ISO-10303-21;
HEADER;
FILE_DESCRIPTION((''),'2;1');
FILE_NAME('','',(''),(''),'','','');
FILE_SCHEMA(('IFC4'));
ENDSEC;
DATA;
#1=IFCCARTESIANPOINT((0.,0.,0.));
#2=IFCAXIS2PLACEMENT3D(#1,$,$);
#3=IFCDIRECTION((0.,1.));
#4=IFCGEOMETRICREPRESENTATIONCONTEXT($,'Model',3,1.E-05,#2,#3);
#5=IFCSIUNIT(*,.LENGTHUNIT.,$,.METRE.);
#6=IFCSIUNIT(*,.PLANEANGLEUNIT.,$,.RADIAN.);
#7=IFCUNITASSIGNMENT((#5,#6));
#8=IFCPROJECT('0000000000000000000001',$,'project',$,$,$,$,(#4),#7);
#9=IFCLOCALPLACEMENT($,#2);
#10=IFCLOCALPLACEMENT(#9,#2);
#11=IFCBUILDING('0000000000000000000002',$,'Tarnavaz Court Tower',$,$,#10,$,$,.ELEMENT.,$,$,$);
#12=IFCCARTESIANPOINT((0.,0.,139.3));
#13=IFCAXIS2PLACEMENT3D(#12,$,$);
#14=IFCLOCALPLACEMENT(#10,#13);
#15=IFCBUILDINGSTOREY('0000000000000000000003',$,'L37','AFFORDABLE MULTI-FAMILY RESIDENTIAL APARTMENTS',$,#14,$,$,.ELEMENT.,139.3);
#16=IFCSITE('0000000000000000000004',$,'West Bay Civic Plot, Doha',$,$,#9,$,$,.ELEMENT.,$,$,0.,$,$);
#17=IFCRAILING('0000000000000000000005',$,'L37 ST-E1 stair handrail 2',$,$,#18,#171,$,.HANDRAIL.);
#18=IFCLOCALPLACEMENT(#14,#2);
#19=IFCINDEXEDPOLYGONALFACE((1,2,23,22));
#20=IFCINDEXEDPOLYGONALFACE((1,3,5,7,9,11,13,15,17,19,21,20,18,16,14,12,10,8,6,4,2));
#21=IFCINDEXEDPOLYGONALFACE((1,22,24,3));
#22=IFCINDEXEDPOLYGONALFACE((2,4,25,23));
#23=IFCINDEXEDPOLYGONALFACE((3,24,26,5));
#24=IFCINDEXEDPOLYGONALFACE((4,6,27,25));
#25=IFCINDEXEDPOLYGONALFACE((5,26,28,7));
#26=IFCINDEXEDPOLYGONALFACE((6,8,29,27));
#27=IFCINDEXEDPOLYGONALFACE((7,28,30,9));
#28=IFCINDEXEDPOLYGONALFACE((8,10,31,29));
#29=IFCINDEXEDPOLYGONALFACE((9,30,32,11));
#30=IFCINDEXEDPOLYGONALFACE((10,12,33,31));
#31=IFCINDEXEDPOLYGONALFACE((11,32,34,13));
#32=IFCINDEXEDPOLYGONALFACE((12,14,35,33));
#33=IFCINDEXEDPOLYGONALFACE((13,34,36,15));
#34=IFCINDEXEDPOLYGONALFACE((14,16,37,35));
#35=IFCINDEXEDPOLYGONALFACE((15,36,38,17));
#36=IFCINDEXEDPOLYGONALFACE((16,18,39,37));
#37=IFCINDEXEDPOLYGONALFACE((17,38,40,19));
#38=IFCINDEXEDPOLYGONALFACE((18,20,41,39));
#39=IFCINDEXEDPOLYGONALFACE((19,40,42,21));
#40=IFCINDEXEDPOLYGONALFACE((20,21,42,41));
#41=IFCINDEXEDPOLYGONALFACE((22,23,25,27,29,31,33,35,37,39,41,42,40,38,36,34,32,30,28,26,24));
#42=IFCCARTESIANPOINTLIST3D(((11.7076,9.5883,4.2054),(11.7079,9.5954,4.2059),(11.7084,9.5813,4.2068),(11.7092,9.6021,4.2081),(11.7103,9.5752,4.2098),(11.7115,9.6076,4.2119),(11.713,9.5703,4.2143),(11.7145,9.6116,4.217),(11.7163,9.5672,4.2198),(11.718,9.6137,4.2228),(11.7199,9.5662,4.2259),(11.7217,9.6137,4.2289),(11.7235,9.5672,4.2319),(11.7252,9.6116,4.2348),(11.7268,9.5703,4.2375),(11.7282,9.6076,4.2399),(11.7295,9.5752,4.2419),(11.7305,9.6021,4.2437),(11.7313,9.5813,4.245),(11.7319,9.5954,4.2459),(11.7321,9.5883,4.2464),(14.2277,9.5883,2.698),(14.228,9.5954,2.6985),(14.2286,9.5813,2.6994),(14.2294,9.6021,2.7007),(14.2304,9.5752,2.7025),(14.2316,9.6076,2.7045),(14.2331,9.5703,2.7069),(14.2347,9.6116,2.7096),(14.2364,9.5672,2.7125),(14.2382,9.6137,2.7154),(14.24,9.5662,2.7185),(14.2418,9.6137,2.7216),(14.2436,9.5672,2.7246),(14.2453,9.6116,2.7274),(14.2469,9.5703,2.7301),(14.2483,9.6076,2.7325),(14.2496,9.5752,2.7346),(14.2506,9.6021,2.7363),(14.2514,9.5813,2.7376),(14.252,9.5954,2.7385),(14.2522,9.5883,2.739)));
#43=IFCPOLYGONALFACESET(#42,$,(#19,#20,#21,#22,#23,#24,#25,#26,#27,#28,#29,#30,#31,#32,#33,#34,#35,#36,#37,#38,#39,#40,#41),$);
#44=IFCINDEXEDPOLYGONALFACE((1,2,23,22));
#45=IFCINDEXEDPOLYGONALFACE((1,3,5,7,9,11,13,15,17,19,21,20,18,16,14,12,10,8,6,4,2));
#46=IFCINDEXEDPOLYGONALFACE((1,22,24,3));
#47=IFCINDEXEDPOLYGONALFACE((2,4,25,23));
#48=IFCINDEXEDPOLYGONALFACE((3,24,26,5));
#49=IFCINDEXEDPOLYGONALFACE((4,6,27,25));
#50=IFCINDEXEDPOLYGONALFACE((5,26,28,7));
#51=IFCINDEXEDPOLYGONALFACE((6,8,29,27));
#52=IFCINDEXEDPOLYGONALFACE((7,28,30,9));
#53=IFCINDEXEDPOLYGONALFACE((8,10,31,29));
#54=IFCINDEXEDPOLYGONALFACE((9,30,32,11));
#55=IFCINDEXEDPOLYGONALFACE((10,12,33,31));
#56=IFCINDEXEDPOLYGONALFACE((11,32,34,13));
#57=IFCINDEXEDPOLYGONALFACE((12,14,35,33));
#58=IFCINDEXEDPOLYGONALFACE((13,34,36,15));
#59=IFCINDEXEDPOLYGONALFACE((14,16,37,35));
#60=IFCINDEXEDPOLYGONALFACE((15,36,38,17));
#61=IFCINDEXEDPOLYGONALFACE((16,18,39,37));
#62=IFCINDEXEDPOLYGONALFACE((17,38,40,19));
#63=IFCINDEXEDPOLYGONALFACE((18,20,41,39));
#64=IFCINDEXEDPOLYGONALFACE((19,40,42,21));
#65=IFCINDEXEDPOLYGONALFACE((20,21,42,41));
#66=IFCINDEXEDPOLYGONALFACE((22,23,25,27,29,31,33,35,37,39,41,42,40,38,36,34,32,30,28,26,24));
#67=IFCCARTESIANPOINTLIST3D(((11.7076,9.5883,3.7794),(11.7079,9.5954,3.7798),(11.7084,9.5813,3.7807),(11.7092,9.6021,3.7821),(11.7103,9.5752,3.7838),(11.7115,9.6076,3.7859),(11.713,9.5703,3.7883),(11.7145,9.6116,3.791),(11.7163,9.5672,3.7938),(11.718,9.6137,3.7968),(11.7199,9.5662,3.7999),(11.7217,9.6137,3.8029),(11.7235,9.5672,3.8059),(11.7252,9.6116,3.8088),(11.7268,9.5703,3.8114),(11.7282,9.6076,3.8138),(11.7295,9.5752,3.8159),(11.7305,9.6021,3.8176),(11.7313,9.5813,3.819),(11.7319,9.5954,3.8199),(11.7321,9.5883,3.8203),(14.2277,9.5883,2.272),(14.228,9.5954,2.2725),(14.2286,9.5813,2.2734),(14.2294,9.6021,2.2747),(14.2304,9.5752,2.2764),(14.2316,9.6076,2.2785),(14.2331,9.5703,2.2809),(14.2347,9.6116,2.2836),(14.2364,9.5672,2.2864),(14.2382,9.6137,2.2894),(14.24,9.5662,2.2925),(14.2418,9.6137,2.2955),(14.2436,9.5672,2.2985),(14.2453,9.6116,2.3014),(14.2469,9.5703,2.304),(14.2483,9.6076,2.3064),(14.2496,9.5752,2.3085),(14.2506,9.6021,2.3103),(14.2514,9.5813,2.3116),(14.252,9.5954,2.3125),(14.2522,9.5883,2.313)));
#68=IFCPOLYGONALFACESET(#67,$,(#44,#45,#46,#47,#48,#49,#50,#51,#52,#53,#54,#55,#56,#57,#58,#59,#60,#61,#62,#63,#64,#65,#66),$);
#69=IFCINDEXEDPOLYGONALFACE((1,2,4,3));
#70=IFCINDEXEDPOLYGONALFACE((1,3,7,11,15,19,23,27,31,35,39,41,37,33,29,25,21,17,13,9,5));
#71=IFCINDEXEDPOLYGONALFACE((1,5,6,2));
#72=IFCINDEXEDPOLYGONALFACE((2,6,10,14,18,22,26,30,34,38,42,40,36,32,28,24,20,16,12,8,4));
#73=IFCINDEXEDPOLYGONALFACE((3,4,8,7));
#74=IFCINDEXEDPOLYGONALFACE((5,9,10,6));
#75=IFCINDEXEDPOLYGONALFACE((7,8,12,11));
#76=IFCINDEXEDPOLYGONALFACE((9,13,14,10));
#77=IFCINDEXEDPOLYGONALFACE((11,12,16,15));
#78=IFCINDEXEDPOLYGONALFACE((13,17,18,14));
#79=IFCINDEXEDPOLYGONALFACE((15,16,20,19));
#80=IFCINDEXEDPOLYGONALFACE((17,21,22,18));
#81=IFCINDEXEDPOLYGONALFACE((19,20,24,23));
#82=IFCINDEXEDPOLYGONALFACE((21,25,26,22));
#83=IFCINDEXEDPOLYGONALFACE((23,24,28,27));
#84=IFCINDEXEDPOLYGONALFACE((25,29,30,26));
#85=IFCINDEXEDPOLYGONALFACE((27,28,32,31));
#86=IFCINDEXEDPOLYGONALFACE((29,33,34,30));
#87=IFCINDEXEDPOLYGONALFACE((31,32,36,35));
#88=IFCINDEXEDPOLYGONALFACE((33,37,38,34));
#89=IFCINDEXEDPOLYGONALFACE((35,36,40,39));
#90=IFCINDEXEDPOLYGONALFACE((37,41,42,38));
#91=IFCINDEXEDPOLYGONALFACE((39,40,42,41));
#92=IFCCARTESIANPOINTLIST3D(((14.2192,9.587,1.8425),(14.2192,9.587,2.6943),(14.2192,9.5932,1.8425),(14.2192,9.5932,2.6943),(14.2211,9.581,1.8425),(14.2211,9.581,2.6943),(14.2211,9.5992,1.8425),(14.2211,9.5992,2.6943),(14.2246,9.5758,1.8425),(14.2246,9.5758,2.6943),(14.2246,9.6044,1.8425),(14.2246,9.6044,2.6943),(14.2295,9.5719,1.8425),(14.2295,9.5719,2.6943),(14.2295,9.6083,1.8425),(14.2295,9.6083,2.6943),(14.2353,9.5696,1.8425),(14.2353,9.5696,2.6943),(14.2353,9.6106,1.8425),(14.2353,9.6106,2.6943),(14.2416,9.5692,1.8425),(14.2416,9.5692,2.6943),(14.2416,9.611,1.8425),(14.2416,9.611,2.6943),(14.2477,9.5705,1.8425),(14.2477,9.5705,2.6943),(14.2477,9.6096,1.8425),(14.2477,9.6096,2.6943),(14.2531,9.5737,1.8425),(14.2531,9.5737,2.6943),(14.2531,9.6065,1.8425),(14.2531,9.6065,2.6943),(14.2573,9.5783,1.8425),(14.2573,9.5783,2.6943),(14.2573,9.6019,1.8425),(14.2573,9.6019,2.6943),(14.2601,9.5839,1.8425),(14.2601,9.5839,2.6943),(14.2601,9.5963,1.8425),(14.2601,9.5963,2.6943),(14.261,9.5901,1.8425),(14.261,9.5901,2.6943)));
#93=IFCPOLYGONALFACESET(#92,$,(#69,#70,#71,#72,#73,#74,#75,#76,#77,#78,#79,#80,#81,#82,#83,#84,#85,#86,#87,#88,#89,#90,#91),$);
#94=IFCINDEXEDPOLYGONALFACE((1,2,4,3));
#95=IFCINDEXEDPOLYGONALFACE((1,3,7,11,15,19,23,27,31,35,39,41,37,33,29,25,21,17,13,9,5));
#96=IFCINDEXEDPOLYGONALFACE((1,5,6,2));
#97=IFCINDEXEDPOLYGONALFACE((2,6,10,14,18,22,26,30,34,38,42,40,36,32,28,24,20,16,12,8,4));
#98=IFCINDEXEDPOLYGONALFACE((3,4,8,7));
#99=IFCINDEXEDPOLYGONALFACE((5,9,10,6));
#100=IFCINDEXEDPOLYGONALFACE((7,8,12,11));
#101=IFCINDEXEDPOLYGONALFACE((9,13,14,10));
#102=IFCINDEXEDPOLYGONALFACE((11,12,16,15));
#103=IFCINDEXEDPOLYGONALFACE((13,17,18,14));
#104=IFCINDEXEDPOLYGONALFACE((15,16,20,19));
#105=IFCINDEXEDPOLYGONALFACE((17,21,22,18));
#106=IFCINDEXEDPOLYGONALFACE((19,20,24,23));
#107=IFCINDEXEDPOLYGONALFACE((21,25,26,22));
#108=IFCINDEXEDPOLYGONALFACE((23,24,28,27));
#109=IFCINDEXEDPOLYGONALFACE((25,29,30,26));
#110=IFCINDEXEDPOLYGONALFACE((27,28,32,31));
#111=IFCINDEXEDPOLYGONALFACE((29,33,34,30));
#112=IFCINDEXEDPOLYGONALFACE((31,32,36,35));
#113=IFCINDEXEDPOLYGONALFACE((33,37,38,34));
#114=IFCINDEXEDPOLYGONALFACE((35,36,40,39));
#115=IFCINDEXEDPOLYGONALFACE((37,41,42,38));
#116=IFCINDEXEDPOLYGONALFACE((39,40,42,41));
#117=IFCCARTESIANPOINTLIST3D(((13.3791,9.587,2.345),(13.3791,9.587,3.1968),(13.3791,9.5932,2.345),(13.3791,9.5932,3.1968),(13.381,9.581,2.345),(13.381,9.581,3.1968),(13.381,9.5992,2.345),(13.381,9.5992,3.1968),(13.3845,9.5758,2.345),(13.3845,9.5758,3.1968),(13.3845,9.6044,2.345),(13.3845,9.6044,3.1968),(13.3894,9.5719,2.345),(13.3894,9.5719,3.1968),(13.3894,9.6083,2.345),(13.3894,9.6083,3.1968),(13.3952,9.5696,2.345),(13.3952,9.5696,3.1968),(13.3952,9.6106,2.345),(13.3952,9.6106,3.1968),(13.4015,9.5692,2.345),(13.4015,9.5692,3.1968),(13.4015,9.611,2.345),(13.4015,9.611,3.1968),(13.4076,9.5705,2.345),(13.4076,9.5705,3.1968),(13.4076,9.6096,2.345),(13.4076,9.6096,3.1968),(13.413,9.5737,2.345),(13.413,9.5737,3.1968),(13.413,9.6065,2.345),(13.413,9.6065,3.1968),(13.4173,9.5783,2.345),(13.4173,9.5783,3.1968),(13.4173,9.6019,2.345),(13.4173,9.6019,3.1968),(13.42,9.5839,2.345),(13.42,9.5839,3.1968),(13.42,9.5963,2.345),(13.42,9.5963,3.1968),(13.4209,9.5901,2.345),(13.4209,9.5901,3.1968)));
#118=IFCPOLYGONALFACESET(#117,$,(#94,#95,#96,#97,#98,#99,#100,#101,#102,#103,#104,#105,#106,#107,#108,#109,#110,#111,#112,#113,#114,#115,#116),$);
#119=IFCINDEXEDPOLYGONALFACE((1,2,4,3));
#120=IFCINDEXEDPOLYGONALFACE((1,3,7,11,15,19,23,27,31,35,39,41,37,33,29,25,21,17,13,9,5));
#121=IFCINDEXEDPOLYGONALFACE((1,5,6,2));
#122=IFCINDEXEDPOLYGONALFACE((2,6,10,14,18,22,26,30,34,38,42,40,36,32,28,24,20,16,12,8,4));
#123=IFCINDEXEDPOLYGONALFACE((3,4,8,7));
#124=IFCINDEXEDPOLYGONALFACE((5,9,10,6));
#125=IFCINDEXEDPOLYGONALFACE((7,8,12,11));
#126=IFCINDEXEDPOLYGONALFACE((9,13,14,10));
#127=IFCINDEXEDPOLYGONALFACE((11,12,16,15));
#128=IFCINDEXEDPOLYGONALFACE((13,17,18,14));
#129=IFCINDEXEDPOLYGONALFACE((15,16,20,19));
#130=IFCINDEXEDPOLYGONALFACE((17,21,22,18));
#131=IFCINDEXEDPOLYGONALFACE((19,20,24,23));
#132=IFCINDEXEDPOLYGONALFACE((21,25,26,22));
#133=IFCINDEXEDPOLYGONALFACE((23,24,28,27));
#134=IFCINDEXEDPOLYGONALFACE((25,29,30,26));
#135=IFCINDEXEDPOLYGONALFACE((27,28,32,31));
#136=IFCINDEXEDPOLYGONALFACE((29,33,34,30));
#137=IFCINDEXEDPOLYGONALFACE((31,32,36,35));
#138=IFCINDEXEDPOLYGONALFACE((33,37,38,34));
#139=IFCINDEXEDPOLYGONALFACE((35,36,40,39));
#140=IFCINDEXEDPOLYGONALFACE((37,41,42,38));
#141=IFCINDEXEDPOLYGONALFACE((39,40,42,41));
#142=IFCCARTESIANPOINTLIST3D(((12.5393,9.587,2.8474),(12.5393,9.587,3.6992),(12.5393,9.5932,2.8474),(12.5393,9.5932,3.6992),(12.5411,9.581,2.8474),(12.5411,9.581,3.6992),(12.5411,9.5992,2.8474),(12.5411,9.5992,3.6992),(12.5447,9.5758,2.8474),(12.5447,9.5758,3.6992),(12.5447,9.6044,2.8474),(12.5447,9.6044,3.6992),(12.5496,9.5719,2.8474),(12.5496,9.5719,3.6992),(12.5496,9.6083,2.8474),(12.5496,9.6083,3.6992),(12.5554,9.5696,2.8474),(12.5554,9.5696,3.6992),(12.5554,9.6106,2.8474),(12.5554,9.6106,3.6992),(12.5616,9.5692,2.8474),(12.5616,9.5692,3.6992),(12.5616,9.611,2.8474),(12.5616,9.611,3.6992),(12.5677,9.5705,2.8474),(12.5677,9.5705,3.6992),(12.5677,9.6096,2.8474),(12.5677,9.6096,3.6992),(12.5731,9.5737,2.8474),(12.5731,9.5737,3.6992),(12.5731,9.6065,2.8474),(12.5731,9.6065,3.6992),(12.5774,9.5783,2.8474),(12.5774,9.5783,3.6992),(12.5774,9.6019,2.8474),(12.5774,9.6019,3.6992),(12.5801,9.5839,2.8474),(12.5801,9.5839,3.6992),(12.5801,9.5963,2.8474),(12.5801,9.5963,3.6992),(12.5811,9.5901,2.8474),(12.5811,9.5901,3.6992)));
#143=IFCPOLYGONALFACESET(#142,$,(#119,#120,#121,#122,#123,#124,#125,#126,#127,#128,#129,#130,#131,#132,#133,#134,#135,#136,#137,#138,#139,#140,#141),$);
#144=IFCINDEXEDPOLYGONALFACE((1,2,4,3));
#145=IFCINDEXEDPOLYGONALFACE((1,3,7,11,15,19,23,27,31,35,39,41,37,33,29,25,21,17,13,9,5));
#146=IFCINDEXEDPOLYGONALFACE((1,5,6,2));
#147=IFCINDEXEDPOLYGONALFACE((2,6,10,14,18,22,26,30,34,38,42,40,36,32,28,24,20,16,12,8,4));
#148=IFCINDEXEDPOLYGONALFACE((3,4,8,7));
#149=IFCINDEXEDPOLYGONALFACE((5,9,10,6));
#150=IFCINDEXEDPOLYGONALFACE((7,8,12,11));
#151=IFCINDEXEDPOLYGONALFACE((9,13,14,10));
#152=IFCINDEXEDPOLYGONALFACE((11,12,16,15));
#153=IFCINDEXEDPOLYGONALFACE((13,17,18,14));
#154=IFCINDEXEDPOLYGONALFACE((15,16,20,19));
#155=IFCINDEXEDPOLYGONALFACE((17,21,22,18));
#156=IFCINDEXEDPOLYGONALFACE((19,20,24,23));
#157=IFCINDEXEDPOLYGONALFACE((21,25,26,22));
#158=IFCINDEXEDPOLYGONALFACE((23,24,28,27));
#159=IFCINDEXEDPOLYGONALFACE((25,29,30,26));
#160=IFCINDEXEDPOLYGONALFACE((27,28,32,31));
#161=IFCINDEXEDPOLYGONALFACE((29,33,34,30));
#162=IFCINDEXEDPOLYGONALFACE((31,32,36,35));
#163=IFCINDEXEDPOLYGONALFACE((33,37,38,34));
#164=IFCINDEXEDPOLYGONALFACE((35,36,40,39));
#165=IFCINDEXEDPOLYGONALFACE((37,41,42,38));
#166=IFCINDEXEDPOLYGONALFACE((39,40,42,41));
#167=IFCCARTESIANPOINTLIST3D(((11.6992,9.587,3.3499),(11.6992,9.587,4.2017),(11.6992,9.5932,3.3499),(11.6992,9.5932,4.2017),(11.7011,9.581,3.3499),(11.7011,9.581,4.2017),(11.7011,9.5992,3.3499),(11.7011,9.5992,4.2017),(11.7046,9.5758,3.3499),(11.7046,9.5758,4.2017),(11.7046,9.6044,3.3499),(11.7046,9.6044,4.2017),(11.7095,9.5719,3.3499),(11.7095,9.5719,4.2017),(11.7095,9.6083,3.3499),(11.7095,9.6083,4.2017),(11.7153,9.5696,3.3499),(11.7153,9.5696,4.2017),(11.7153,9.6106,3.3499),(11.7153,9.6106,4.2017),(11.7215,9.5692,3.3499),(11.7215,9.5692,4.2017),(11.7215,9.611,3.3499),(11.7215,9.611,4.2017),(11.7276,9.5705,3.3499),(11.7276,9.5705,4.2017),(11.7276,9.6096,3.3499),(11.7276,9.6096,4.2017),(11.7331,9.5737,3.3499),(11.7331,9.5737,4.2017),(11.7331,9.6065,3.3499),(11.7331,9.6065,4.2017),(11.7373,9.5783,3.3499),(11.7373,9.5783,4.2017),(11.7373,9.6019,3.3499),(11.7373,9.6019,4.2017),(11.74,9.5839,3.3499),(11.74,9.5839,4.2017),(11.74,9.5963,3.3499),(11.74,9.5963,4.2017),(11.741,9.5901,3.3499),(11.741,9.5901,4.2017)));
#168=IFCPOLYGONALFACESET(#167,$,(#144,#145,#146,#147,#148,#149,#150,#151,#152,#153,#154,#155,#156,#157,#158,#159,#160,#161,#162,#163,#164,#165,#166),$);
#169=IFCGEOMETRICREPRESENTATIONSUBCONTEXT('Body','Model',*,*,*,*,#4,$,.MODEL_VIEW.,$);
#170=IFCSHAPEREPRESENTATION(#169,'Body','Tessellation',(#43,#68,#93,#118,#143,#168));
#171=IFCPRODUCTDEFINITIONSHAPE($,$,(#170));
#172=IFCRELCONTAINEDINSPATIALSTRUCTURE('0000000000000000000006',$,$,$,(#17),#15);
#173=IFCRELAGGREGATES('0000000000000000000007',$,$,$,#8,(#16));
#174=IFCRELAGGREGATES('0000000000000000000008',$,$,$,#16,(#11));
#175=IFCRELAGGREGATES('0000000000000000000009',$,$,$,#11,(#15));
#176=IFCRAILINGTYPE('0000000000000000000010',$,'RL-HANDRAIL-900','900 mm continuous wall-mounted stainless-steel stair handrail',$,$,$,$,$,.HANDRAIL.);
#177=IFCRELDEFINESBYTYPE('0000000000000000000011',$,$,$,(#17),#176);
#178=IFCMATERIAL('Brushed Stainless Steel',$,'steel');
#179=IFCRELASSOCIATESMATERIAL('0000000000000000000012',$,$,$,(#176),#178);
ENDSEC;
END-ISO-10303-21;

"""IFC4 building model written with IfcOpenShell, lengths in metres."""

from ifc_helpers import new_model, si_unit, direction, frame, origin, origin_2d, place, context, subcontext, project, spatial, circle, extrude, material, type_object, element, save


model = new_model("IFC4")

# Units and contexts
model_context = context("Model", 3, precision=1e-05, world=origin(), true_north=direction((0.0, 1.0)))
body_context = subcontext(model_context, "Body", "Model", "MODEL_VIEW")
ifc_project = project(units=[si_unit("LENGTHUNIT", "METRE"), si_unit("PLANEANGLEUNIT", "RADIAN")], contexts=[model_context])

# Site, building, storey
site_placement = place(None, origin())
site = spatial("IfcSite", under=ifc_project, at=site_placement, Name="West Bay Civic Plot, Doha", CompositionType="ELEMENT", RefElevation=0.0)
building_placement = place(site_placement, origin())
building = spatial("IfcBuilding", under=site, at=building_placement, Name="Tarnavaz Court Tower", CompositionType="ELEMENT")
storey_placement = place(building_placement, frame((0.0, 0.0, 139.3)))
storey = spatial("IfcBuildingStorey", under=building, at=storey_placement, Name="L37", Description="AFFORDABLE MULTI-FAMILY RESIDENTIAL APARTMENTS", CompositionType="ELEMENT", Elevation=139.3)

# Railing
ifc_material_1 = material(Name="Brushed Stainless Steel", Category="steel")
railing_type_1 = type_object("IfcRailingType", Name="RL-HANDRAIL-900", Description="900 mm continuous wall-mounted stainless-steel stair handrail", PredefinedType="HANDRAIL", material=ifc_material_1)
railing_1_placement = place(storey_placement, frame((14.24, 9.5901, 1.8425)))
element("IfcRailing", 1, at=railing_1_placement, inside=storey, type_object=railing_type_1, Name="L37 ST-E1 stair handrail 2", PredefinedType="HANDRAIL", context=body_context, shape_type="SweptSolid", body=[
    extrude(circle(Radius=0.0239, at=origin_2d()), frame((0.0, 0.0, 0.876), z_axis=(-0.858196, 0.0, 0.513321), x_axis=(0.0, -1.0, 0.0)), (0.0, 0.0, 1.0), 2.9365),
    extrude(circle(Radius=0.0239, at=origin_2d()), frame((0.0, 0.0, 0.45), z_axis=(-0.858196, 0.0, 0.513321), x_axis=(0.0, -1.0, 0.0)), (0.0, 0.0, 1.0), 2.9365),
    extrude(circle(Radius=0.021, at=origin_2d()), origin(), (0.0, 0.0, 1.0), 0.8518),
    extrude(circle(Radius=0.021, at=origin_2d()), frame((-0.8401, 0.0, 0.5024)), (0.0, 0.0, 1.0), 0.8518),
    extrude(circle(Radius=0.021, at=origin_2d()), frame((-1.6799, 0.0, 1.0049)), (0.0, 0.0, 1.0), 0.8518),
    extrude(circle(Radius=0.021, at=origin_2d()), frame((-2.52, 0.0, 1.5073)), (0.0, 0.0, 1.0), 0.8518),
])

save(model, "model.ifc")
